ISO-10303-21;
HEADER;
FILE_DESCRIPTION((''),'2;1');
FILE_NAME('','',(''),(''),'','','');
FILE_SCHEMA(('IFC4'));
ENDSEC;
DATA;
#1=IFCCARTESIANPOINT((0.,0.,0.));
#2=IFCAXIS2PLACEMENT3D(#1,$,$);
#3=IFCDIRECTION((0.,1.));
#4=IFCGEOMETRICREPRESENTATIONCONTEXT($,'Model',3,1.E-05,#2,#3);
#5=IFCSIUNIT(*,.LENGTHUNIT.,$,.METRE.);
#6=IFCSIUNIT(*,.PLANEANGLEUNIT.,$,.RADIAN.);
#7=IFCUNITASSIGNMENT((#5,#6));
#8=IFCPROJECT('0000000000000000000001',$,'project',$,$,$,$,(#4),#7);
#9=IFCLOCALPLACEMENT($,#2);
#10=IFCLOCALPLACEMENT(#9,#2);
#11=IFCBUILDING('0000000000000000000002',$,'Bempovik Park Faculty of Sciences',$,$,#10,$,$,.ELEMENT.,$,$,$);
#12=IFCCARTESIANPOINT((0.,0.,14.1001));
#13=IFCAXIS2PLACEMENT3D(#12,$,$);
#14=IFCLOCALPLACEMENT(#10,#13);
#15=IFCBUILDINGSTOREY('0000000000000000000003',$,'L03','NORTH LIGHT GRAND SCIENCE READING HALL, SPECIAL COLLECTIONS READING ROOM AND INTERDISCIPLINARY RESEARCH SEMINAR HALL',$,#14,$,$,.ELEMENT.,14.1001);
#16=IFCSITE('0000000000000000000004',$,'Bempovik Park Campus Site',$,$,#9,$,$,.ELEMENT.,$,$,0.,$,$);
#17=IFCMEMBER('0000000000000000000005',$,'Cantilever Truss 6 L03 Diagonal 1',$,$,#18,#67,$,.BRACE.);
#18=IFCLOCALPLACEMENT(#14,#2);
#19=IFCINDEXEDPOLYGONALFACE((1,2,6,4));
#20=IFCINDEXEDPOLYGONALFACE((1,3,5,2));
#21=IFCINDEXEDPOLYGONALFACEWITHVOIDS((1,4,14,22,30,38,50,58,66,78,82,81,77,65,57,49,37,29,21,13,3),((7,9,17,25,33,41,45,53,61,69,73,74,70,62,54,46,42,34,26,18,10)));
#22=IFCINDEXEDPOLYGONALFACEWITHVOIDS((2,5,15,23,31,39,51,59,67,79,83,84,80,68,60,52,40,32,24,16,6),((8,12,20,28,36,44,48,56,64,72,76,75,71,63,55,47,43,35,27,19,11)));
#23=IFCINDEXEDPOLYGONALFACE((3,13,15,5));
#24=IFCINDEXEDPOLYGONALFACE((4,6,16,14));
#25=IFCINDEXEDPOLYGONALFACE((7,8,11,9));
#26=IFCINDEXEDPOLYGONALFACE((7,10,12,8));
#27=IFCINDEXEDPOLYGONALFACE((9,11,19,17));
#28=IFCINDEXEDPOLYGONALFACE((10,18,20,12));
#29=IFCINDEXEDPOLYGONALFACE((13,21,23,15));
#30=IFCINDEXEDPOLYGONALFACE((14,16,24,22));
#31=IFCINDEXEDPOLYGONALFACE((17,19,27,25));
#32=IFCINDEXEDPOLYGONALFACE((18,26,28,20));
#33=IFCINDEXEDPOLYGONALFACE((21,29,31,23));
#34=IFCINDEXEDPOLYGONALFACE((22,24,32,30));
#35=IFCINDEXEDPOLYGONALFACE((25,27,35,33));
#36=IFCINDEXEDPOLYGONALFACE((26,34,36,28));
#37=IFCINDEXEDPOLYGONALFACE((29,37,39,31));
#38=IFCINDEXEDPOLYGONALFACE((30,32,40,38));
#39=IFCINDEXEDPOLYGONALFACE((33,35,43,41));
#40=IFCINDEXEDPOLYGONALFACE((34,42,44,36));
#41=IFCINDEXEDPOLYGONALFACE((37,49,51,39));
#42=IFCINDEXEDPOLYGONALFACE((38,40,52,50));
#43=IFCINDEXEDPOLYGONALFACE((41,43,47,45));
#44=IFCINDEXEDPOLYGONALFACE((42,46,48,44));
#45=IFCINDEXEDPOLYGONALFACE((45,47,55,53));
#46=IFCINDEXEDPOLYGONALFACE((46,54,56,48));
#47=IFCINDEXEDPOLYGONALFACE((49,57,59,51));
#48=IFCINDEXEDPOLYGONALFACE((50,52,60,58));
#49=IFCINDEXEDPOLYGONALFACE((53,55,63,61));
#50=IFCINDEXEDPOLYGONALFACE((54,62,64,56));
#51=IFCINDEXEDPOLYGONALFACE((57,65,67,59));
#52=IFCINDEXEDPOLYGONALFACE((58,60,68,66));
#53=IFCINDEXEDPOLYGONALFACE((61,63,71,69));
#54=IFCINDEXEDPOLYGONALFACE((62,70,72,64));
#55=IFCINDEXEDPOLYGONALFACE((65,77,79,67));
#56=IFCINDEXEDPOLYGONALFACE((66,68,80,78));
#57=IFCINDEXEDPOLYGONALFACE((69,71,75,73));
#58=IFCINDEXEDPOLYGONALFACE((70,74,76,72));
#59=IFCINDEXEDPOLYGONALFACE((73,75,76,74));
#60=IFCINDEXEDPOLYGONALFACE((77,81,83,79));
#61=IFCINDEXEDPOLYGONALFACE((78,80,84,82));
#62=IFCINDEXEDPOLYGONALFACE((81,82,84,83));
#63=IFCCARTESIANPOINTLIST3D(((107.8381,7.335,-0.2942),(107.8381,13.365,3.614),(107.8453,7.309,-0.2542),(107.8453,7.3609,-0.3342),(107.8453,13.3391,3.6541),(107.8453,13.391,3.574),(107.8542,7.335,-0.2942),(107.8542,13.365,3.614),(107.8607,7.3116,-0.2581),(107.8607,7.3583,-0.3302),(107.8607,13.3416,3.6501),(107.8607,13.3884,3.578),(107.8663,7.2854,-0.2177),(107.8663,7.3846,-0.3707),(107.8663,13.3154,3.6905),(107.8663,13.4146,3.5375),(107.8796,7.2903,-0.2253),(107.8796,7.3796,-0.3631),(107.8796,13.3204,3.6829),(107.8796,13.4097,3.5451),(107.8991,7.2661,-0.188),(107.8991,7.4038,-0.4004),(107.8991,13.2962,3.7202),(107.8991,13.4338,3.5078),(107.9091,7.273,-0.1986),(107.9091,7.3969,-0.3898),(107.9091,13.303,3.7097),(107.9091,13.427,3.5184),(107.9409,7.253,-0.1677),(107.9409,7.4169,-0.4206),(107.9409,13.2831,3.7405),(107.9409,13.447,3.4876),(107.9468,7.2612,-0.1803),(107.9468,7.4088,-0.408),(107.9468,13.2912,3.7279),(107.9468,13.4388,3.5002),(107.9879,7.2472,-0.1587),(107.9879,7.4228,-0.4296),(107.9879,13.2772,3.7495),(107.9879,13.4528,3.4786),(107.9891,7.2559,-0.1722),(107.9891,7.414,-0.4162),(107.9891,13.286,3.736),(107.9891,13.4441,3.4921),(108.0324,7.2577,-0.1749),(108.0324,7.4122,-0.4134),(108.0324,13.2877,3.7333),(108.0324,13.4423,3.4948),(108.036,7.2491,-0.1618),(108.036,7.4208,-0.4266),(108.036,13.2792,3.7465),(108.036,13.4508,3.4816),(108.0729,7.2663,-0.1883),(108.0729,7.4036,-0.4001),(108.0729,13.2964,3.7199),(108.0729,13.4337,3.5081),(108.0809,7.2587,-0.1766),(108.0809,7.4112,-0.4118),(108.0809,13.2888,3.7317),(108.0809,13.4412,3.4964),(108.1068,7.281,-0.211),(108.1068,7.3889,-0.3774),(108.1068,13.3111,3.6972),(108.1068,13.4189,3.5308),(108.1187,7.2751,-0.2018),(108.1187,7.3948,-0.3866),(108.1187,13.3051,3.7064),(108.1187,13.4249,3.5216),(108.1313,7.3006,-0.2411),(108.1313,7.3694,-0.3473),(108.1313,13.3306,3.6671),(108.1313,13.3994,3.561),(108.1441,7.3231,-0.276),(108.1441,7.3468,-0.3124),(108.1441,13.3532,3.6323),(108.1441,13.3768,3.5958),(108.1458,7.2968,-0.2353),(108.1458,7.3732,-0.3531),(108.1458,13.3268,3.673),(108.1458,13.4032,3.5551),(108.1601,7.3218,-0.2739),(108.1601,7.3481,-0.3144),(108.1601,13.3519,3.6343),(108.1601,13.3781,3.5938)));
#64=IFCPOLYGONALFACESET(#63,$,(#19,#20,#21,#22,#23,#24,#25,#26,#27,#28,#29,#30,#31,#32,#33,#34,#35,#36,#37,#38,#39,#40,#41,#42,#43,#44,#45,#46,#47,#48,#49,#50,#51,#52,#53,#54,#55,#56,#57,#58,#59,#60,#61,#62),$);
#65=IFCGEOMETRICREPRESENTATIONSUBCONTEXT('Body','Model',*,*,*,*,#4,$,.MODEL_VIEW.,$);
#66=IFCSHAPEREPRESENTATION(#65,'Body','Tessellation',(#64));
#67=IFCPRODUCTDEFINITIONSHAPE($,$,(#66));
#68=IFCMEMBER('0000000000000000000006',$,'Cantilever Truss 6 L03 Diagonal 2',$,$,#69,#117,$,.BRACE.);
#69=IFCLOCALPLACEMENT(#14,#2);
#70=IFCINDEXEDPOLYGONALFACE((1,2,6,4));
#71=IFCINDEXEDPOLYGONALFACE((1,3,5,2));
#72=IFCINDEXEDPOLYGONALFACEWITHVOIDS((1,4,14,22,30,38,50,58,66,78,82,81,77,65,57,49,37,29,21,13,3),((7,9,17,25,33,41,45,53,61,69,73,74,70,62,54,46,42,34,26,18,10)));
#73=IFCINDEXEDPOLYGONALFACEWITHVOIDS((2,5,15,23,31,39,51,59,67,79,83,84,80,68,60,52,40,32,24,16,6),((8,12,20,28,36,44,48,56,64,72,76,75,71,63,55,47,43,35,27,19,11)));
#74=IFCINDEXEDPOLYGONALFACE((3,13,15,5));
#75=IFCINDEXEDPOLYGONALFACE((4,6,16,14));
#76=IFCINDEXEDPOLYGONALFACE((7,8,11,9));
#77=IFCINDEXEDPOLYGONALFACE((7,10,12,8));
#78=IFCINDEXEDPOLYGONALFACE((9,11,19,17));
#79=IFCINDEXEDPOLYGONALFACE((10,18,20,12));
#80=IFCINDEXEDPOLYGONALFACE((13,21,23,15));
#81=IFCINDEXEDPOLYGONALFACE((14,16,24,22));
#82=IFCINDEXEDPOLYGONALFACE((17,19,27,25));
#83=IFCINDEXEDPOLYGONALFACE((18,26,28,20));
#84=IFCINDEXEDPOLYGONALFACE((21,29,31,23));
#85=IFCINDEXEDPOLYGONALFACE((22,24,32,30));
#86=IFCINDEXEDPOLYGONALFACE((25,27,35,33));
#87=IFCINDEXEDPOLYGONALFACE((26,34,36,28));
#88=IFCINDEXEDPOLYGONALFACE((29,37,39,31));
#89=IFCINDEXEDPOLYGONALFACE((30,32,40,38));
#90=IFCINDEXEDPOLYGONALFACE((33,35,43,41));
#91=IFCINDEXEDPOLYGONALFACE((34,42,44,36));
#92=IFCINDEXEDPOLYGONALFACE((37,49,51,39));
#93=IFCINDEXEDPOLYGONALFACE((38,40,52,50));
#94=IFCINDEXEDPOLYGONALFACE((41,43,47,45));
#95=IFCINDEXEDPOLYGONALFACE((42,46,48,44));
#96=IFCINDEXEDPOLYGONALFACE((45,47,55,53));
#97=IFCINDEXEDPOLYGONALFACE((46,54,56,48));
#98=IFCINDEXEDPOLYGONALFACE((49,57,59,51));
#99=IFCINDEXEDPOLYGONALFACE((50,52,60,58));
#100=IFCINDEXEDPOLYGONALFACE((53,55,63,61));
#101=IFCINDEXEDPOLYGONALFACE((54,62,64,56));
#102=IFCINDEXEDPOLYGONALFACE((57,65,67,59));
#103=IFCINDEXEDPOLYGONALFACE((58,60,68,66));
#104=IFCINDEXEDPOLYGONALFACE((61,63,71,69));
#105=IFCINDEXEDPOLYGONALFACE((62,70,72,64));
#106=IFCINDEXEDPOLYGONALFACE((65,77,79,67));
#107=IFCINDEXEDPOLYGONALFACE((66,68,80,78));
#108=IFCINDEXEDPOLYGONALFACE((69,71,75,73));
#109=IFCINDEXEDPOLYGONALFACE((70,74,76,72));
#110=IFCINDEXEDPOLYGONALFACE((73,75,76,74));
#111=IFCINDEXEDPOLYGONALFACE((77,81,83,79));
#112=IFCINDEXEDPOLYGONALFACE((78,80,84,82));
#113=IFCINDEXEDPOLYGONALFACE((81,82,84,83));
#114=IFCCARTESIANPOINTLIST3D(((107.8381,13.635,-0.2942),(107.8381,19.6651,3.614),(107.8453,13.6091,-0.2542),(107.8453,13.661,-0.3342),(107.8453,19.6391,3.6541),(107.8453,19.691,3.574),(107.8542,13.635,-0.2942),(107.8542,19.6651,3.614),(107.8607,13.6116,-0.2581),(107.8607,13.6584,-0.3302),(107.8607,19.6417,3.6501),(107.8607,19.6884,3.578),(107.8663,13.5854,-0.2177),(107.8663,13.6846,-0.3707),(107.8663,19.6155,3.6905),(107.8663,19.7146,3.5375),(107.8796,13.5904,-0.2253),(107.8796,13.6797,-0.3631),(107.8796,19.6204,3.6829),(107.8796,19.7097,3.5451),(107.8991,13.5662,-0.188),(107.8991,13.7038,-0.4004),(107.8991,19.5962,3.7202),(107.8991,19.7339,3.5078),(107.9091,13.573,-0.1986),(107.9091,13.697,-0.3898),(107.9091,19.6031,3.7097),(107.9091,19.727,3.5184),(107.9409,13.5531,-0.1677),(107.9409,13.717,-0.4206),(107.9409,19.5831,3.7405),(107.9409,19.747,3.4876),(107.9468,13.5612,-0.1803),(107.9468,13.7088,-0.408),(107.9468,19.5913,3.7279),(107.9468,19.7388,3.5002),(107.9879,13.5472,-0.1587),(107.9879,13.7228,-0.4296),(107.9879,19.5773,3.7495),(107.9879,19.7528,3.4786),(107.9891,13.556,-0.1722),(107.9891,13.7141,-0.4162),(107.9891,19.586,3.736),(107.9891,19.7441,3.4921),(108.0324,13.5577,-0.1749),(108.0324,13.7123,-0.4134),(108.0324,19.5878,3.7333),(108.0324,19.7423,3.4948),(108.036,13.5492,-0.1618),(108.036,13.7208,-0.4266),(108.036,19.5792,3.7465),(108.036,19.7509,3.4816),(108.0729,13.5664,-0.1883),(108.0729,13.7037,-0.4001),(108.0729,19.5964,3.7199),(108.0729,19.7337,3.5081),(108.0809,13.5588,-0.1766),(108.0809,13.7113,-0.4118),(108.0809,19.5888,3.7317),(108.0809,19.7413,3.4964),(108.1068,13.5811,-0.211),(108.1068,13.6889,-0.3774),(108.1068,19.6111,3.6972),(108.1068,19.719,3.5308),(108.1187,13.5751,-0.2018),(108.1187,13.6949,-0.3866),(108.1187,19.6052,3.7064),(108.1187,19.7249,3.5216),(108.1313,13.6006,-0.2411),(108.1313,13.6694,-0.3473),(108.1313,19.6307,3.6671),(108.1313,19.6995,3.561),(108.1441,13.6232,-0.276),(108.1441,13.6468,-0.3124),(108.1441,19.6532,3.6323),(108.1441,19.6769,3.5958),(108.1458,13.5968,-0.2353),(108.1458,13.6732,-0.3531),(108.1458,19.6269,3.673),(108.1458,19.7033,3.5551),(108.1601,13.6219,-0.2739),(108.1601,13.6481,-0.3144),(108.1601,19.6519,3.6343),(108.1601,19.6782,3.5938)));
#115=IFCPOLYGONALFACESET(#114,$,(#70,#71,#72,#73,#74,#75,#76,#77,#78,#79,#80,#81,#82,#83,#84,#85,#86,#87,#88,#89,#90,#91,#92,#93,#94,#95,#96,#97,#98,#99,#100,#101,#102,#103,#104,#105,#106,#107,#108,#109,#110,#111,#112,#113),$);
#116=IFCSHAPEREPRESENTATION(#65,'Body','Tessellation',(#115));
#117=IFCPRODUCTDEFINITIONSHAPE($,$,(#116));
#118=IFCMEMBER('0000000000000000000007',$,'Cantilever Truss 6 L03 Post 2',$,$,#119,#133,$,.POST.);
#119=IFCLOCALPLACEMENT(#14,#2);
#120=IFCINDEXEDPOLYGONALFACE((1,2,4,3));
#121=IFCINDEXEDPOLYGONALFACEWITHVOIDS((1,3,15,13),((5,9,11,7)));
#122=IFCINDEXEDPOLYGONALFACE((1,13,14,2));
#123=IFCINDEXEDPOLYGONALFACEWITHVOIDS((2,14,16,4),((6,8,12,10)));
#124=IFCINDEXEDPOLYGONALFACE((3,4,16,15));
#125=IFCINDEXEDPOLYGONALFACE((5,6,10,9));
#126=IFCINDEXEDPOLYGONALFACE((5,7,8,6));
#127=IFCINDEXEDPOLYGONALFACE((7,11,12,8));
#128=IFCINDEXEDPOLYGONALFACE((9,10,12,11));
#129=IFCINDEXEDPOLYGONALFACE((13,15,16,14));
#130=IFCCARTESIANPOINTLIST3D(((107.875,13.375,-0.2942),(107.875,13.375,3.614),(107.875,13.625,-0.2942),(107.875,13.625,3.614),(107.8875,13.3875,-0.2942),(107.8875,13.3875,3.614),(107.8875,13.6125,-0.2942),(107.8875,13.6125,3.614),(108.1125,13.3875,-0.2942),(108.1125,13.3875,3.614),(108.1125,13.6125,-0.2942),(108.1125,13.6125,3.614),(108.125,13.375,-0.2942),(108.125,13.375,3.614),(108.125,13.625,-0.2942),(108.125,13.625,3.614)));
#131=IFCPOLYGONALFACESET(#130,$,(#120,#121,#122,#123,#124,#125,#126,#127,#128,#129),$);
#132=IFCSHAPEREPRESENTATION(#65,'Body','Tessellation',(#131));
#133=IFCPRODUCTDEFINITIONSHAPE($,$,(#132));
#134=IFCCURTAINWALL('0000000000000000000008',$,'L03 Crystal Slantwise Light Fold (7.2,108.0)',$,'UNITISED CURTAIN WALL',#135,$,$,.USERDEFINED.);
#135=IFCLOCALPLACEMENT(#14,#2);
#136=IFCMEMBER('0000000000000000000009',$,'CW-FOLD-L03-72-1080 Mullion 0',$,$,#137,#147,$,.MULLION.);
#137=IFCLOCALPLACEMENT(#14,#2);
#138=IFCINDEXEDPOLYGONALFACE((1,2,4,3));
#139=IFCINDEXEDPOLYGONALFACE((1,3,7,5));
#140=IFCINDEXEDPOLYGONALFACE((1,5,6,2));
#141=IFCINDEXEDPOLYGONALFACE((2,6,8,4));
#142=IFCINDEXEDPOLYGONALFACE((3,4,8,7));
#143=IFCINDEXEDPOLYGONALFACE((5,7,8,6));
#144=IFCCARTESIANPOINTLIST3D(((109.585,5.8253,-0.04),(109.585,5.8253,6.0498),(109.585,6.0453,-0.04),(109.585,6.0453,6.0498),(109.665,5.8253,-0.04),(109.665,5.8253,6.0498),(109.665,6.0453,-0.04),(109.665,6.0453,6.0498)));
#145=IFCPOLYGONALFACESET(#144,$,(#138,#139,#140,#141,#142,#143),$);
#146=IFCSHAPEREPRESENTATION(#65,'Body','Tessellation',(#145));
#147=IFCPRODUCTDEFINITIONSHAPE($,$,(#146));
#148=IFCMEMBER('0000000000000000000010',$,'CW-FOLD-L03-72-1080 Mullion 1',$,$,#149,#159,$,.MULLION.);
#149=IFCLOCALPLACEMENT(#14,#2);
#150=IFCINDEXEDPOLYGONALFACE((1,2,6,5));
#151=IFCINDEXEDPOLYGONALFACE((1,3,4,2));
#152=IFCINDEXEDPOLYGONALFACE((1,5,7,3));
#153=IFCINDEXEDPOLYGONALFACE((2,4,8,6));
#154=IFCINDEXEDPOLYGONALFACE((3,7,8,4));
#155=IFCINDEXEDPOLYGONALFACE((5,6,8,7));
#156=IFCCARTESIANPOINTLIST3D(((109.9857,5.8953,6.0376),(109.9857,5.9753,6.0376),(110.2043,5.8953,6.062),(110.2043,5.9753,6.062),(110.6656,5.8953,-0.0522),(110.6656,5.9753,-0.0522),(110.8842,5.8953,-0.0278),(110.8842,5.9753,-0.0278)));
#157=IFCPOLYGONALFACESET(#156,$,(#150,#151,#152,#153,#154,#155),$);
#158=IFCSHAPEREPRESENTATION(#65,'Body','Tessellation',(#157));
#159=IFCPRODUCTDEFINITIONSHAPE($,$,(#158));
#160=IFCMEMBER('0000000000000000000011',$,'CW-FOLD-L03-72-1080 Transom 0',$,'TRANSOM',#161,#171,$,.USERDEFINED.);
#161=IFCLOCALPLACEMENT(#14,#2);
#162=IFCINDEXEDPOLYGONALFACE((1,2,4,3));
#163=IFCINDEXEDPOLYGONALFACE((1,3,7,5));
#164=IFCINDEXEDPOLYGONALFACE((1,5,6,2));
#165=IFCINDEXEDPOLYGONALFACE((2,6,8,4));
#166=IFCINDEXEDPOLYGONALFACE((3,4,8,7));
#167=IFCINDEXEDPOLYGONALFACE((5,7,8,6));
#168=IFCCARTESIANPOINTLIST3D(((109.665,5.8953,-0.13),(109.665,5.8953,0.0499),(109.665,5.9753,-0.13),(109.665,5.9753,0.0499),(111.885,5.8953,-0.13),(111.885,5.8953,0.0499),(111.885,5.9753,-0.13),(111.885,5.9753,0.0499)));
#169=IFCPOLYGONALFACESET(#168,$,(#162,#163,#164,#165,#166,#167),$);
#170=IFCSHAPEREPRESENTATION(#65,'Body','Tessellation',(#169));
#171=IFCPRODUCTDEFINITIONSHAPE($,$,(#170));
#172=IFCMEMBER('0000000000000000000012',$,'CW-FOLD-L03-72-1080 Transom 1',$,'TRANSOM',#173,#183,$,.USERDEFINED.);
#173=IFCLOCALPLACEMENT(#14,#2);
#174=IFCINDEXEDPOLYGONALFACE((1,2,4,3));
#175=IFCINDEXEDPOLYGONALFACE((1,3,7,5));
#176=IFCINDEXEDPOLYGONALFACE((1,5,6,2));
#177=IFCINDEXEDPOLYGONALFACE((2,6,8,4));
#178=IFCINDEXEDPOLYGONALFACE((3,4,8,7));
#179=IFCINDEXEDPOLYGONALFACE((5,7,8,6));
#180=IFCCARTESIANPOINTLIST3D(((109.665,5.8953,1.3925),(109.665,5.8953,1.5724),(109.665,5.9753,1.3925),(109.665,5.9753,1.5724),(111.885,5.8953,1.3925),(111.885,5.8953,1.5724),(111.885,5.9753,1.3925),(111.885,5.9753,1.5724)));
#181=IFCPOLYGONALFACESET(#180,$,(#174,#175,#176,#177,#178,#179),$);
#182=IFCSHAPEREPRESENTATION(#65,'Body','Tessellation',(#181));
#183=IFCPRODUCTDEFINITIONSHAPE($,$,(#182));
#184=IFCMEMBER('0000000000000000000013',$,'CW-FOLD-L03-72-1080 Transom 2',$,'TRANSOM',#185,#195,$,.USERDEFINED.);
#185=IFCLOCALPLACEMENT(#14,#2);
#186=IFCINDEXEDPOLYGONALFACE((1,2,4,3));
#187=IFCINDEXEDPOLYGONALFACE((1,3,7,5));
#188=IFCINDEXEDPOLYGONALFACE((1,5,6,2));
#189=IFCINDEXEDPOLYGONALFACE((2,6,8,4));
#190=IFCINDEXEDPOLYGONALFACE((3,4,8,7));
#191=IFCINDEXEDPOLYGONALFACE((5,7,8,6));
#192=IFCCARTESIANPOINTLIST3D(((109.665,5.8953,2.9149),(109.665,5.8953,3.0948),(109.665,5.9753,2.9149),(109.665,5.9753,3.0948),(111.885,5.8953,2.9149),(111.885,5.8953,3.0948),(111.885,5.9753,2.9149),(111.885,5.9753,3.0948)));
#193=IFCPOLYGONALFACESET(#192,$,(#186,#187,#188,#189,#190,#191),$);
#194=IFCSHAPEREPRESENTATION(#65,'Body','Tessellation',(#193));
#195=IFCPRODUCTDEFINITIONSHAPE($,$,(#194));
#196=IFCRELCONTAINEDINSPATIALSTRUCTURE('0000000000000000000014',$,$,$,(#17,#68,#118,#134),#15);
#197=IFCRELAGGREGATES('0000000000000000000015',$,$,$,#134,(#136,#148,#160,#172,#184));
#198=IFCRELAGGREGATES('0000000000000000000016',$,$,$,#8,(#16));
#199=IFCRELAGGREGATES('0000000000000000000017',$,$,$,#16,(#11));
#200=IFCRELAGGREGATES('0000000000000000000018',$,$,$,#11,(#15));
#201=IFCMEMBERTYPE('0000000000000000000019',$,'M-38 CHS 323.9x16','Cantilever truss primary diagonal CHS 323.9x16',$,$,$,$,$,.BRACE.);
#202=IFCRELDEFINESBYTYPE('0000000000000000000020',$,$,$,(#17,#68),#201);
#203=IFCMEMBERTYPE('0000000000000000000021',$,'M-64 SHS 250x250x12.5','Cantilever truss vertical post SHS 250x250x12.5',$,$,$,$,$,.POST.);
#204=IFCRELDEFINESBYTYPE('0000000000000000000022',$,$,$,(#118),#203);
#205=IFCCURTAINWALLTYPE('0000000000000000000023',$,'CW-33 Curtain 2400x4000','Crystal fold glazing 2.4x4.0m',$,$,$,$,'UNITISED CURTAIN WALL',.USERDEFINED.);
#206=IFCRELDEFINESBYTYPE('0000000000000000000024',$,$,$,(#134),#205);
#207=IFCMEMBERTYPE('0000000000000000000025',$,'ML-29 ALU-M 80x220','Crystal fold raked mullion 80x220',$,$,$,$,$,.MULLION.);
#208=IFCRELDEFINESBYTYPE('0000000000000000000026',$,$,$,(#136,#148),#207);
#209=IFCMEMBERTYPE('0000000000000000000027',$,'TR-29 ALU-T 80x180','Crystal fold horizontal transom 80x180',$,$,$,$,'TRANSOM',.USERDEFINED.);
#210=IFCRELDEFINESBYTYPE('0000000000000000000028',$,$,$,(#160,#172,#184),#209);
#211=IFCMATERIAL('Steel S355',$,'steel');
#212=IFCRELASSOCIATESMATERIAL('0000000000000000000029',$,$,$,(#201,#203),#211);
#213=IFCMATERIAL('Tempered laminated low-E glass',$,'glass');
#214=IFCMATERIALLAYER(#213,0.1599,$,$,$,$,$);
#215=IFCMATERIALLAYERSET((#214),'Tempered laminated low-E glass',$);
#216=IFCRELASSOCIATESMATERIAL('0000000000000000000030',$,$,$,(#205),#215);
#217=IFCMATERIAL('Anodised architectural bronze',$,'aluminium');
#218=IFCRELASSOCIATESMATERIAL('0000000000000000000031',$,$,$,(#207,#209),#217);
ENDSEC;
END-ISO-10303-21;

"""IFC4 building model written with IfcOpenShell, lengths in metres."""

from ifc_helpers import new_model, si_unit, direction, frame, origin, origin_2d, place, context, subcontext, project, spatial, rectangle, hollow_rectangle, hollow_circle, extrude, material, layer, layer_set, material_profile, profile_set, type_object, element, aggregate, save


model = new_model("IFC4")

# Units and contexts
model_context = context("Model", 3, precision=1e-05, world=origin(), true_north=direction((0.0, 1.0)))
body_context = subcontext(model_context, "Body", "Model", "MODEL_VIEW")
ifc_project = project(units=[si_unit("LENGTHUNIT", "METRE"), si_unit("PLANEANGLEUNIT", "RADIAN")], contexts=[model_context])

# Site, building, storey
site_placement = place(None, origin())
site = spatial("IfcSite", under=ifc_project, at=site_placement, Name="Bempovik Park Campus Site", CompositionType="ELEMENT", RefElevation=0.0)
building_placement = place(site_placement, origin())
building = spatial("IfcBuilding", under=site, at=building_placement, Name="Bempovik Park Faculty of Sciences", CompositionType="ELEMENT")
storey_placement = place(building_placement, frame((0.0, 0.0, 14.1001)))
storey = spatial("IfcBuildingStorey", under=building, at=storey_placement, Name="L03", Description="NORTH LIGHT GRAND SCIENCE READING HALL, SPECIAL COLLECTIONS READING ROOM AND INTERDISCIPLINARY RESEARCH SEMINAR HALL", CompositionType="ELEMENT", Elevation=14.1001)

# Shared definitions
ifc_material_1 = material(Name="Steel S355", Category="steel")

# Members
ifc_material_profile_1 = material_profile(ifc_material_1, hollow_circle(Radius=0.1619, WallThickness=0.0161, at=origin_2d()), Name="CHS 323.9x16")
ifc_profile_set_1 = profile_set([ifc_material_profile_1], Name="Steel S355")
member_type_1 = type_object("IfcMemberType", Name="M-38 CHS 323.9x16", Description="Cantilever truss primary diagonal CHS 323.9x16", PredefinedType="BRACE", material=ifc_profile_set_1)
for number, where, z_axis, x_axis, name in (
    (1, (108.0, 7.335, -0.2942), (0.0, 0.839162, 0.543881), (-1.0, 0.0, 0.0), "Cantilever Truss 6 L03 Diagonal 1"),
    (2, (108.0, 13.635, -0.2942), (0.0, 0.839162, 0.543881), (-1.0, 0.0, 0.0), "Cantilever Truss 6 L03 Diagonal 2"),
):
    element("IfcMember", number, at=place(storey_placement, frame(where, z_axis=z_axis, x_axis=x_axis)), inside=storey, type_object=member_type_1, Name=name, PredefinedType="BRACE", context=body_context, shape_type="SweptSolid", body=[
        extrude(hollow_circle(Radius=0.1619, WallThickness=0.0161, at=origin_2d()), origin(), (0.0, 0.0, 1.0), 7.1858),
    ])
ifc_material_profile_2 = material_profile(ifc_material_1, hollow_rectangle(XDim=0.25, YDim=0.25, WallThickness=0.0125, at=origin_2d()), Name="SHS 250x250x12.5")
ifc_profile_set_2 = profile_set([ifc_material_profile_2], Name="Steel S355")
member_type_2 = type_object("IfcMemberType", Name="M-64 SHS 250x250x12.5", Description="Cantilever truss vertical post SHS 250x250x12.5", PredefinedType="POST", material=ifc_profile_set_2)
member_1_placement = place(storey_placement, frame((108.0, 13.5, -0.2942), z_axis=(0.0, 0.0, 1.0), x_axis=(1.0, 0.0, 0.0)))
element("IfcMember", 3, at=member_1_placement, inside=storey, type_object=member_type_2, Name="Cantilever Truss 6 L03 Post 2", PredefinedType="POST", context=body_context, shape_type="SweptSolid", body=[
    extrude(hollow_rectangle(XDim=0.25, YDim=0.25, WallThickness=0.0125, at=origin_2d()), origin(), (0.0, 0.0, 1.0), 3.9082),
])

# Curtain wall, members
ifc_material_2 = material(Name="Tempered laminated low-E glass", Category="glass")
ifc_layer_1 = layer(ifc_material_2, 0.1599)
ifc_layer_set_1 = layer_set([ifc_layer_1], Name="Tempered laminated low-E glass")
curtain_wall_type = type_object("IfcCurtainWallType", Name="CW-33 Curtain 2400x4000", Description="Crystal fold glazing 2.4x4.0m", ElementType="UNITISED CURTAIN WALL", PredefinedType="USERDEFINED", material=ifc_layer_set_1)
curtain_wall_placement = place(storey_placement, origin())
curtain_wall = element("IfcCurtainWall", 4, at=curtain_wall_placement, inside=storey, type_object=curtain_wall_type, Name="L03 Crystal Slantwise Light Fold (7.2,108.0)", ObjectType="UNITISED CURTAIN WALL", PredefinedType="USERDEFINED")
ifc_material_3 = material(Name="Anodised architectural bronze", Category="aluminium")
ifc_material_profile_3 = material_profile(ifc_material_3, rectangle(XDim=0.0801, YDim=0.22, at=origin_2d()), Name="ALU-M 80x220")
ifc_profile_set_3 = profile_set([ifc_material_profile_3], Name="Anodised architectural bronze")
member_type_3 = type_object("IfcMemberType", Name="ML-29 ALU-M 80x220", Description="Crystal fold raked mullion 80x220", PredefinedType="MULLION", material=ifc_profile_set_3)
member_2_placement = place(storey_placement, frame((109.625, 5.9353, -0.04), z_axis=(0.0, 0.0, 1.0), x_axis=(1.0, 0.0, 0.0)))
member_2 = element("IfcMember", 5, at=member_2_placement, type_object=member_type_3, Name="CW-FOLD-L03-72-1080 Mullion 0", PredefinedType="MULLION", context=body_context, shape_type="SweptSolid", body=[
    extrude(rectangle(XDim=0.0801, YDim=0.22, at=origin_2d()), origin(), (0.0, 0.0, 1.0), 6.0898),
])
member_3_placement = place(storey_placement, frame((110.7749, 5.9353, -0.04), z_axis=(-0.110961, 0.0, 0.993825), x_axis=(0.0, -1.0, 0.0)))
member_3 = element("IfcMember", 6, at=member_3_placement, type_object=member_type_3, Name="CW-FOLD-L03-72-1080 Mullion 1", PredefinedType="MULLION", context=body_context, shape_type="SweptSolid", body=[
    extrude(rectangle(XDim=0.0801, YDim=0.22, at=origin_2d()), origin(), (0.0, 0.0, 1.0), 6.1277),
])
ifc_material_profile_4 = material_profile(ifc_material_3, rectangle(XDim=0.0801, YDim=0.1799, at=origin_2d()), Name="ALU-T 80x180")
ifc_profile_set_4 = profile_set([ifc_material_profile_4], Name="Anodised architectural bronze")
member_type_4 = type_object("IfcMemberType", Name="TR-29 ALU-T 80x180", Description="Crystal fold horizontal transom 80x180", ElementType="TRANSOM", PredefinedType="USERDEFINED", material=ifc_profile_set_4)
member_4_placement = place(storey_placement, frame((109.665, 5.9353, -0.04), z_axis=(1.0, 0.0, 0.0), x_axis=(0.0, 1.0, 0.0)))
member_4 = element("IfcMember", 7, at=member_4_placement, type_object=member_type_4, Name="CW-FOLD-L03-72-1080 Transom 0", ObjectType="TRANSOM", PredefinedType="USERDEFINED", context=body_context, shape_type="SweptSolid", body=[
    extrude(rectangle(XDim=0.0801, YDim=0.1799, at=origin_2d()), origin(), (0.0, 0.0, 1.0), 2.22),
])
member_5_placement = place(storey_placement, frame((109.665, 5.9353, 1.4824), z_axis=(1.0, 0.0, 0.0), x_axis=(0.0, 1.0, 0.0)))
member_5 = element("IfcMember", 8, at=member_5_placement, type_object=member_type_4, Name="CW-FOLD-L03-72-1080 Transom 1", ObjectType="TRANSOM", PredefinedType="USERDEFINED", context=body_context, shape_type="SweptSolid", body=[
    extrude(rectangle(XDim=0.0801, YDim=0.1799, at=origin_2d()), origin(), (0.0, 0.0, 1.0), 2.22),
])
member_6_placement = place(storey_placement, frame((109.665, 5.9353, 3.0049), z_axis=(1.0, 0.0, 0.0), x_axis=(0.0, 1.0, 0.0)))
member_6 = element("IfcMember", 9, at=member_6_placement, type_object=member_type_4, Name="CW-FOLD-L03-72-1080 Transom 2", ObjectType="TRANSOM", PredefinedType="USERDEFINED", context=body_context, shape_type="SweptSolid", body=[
    extrude(rectangle(XDim=0.0801, YDim=0.1799, at=origin_2d()), origin(), (0.0, 0.0, 1.0), 2.22),
])
aggregate(curtain_wall, [member_2, member_3, member_4, member_5, member_6])

save(model, "model.ifc")
